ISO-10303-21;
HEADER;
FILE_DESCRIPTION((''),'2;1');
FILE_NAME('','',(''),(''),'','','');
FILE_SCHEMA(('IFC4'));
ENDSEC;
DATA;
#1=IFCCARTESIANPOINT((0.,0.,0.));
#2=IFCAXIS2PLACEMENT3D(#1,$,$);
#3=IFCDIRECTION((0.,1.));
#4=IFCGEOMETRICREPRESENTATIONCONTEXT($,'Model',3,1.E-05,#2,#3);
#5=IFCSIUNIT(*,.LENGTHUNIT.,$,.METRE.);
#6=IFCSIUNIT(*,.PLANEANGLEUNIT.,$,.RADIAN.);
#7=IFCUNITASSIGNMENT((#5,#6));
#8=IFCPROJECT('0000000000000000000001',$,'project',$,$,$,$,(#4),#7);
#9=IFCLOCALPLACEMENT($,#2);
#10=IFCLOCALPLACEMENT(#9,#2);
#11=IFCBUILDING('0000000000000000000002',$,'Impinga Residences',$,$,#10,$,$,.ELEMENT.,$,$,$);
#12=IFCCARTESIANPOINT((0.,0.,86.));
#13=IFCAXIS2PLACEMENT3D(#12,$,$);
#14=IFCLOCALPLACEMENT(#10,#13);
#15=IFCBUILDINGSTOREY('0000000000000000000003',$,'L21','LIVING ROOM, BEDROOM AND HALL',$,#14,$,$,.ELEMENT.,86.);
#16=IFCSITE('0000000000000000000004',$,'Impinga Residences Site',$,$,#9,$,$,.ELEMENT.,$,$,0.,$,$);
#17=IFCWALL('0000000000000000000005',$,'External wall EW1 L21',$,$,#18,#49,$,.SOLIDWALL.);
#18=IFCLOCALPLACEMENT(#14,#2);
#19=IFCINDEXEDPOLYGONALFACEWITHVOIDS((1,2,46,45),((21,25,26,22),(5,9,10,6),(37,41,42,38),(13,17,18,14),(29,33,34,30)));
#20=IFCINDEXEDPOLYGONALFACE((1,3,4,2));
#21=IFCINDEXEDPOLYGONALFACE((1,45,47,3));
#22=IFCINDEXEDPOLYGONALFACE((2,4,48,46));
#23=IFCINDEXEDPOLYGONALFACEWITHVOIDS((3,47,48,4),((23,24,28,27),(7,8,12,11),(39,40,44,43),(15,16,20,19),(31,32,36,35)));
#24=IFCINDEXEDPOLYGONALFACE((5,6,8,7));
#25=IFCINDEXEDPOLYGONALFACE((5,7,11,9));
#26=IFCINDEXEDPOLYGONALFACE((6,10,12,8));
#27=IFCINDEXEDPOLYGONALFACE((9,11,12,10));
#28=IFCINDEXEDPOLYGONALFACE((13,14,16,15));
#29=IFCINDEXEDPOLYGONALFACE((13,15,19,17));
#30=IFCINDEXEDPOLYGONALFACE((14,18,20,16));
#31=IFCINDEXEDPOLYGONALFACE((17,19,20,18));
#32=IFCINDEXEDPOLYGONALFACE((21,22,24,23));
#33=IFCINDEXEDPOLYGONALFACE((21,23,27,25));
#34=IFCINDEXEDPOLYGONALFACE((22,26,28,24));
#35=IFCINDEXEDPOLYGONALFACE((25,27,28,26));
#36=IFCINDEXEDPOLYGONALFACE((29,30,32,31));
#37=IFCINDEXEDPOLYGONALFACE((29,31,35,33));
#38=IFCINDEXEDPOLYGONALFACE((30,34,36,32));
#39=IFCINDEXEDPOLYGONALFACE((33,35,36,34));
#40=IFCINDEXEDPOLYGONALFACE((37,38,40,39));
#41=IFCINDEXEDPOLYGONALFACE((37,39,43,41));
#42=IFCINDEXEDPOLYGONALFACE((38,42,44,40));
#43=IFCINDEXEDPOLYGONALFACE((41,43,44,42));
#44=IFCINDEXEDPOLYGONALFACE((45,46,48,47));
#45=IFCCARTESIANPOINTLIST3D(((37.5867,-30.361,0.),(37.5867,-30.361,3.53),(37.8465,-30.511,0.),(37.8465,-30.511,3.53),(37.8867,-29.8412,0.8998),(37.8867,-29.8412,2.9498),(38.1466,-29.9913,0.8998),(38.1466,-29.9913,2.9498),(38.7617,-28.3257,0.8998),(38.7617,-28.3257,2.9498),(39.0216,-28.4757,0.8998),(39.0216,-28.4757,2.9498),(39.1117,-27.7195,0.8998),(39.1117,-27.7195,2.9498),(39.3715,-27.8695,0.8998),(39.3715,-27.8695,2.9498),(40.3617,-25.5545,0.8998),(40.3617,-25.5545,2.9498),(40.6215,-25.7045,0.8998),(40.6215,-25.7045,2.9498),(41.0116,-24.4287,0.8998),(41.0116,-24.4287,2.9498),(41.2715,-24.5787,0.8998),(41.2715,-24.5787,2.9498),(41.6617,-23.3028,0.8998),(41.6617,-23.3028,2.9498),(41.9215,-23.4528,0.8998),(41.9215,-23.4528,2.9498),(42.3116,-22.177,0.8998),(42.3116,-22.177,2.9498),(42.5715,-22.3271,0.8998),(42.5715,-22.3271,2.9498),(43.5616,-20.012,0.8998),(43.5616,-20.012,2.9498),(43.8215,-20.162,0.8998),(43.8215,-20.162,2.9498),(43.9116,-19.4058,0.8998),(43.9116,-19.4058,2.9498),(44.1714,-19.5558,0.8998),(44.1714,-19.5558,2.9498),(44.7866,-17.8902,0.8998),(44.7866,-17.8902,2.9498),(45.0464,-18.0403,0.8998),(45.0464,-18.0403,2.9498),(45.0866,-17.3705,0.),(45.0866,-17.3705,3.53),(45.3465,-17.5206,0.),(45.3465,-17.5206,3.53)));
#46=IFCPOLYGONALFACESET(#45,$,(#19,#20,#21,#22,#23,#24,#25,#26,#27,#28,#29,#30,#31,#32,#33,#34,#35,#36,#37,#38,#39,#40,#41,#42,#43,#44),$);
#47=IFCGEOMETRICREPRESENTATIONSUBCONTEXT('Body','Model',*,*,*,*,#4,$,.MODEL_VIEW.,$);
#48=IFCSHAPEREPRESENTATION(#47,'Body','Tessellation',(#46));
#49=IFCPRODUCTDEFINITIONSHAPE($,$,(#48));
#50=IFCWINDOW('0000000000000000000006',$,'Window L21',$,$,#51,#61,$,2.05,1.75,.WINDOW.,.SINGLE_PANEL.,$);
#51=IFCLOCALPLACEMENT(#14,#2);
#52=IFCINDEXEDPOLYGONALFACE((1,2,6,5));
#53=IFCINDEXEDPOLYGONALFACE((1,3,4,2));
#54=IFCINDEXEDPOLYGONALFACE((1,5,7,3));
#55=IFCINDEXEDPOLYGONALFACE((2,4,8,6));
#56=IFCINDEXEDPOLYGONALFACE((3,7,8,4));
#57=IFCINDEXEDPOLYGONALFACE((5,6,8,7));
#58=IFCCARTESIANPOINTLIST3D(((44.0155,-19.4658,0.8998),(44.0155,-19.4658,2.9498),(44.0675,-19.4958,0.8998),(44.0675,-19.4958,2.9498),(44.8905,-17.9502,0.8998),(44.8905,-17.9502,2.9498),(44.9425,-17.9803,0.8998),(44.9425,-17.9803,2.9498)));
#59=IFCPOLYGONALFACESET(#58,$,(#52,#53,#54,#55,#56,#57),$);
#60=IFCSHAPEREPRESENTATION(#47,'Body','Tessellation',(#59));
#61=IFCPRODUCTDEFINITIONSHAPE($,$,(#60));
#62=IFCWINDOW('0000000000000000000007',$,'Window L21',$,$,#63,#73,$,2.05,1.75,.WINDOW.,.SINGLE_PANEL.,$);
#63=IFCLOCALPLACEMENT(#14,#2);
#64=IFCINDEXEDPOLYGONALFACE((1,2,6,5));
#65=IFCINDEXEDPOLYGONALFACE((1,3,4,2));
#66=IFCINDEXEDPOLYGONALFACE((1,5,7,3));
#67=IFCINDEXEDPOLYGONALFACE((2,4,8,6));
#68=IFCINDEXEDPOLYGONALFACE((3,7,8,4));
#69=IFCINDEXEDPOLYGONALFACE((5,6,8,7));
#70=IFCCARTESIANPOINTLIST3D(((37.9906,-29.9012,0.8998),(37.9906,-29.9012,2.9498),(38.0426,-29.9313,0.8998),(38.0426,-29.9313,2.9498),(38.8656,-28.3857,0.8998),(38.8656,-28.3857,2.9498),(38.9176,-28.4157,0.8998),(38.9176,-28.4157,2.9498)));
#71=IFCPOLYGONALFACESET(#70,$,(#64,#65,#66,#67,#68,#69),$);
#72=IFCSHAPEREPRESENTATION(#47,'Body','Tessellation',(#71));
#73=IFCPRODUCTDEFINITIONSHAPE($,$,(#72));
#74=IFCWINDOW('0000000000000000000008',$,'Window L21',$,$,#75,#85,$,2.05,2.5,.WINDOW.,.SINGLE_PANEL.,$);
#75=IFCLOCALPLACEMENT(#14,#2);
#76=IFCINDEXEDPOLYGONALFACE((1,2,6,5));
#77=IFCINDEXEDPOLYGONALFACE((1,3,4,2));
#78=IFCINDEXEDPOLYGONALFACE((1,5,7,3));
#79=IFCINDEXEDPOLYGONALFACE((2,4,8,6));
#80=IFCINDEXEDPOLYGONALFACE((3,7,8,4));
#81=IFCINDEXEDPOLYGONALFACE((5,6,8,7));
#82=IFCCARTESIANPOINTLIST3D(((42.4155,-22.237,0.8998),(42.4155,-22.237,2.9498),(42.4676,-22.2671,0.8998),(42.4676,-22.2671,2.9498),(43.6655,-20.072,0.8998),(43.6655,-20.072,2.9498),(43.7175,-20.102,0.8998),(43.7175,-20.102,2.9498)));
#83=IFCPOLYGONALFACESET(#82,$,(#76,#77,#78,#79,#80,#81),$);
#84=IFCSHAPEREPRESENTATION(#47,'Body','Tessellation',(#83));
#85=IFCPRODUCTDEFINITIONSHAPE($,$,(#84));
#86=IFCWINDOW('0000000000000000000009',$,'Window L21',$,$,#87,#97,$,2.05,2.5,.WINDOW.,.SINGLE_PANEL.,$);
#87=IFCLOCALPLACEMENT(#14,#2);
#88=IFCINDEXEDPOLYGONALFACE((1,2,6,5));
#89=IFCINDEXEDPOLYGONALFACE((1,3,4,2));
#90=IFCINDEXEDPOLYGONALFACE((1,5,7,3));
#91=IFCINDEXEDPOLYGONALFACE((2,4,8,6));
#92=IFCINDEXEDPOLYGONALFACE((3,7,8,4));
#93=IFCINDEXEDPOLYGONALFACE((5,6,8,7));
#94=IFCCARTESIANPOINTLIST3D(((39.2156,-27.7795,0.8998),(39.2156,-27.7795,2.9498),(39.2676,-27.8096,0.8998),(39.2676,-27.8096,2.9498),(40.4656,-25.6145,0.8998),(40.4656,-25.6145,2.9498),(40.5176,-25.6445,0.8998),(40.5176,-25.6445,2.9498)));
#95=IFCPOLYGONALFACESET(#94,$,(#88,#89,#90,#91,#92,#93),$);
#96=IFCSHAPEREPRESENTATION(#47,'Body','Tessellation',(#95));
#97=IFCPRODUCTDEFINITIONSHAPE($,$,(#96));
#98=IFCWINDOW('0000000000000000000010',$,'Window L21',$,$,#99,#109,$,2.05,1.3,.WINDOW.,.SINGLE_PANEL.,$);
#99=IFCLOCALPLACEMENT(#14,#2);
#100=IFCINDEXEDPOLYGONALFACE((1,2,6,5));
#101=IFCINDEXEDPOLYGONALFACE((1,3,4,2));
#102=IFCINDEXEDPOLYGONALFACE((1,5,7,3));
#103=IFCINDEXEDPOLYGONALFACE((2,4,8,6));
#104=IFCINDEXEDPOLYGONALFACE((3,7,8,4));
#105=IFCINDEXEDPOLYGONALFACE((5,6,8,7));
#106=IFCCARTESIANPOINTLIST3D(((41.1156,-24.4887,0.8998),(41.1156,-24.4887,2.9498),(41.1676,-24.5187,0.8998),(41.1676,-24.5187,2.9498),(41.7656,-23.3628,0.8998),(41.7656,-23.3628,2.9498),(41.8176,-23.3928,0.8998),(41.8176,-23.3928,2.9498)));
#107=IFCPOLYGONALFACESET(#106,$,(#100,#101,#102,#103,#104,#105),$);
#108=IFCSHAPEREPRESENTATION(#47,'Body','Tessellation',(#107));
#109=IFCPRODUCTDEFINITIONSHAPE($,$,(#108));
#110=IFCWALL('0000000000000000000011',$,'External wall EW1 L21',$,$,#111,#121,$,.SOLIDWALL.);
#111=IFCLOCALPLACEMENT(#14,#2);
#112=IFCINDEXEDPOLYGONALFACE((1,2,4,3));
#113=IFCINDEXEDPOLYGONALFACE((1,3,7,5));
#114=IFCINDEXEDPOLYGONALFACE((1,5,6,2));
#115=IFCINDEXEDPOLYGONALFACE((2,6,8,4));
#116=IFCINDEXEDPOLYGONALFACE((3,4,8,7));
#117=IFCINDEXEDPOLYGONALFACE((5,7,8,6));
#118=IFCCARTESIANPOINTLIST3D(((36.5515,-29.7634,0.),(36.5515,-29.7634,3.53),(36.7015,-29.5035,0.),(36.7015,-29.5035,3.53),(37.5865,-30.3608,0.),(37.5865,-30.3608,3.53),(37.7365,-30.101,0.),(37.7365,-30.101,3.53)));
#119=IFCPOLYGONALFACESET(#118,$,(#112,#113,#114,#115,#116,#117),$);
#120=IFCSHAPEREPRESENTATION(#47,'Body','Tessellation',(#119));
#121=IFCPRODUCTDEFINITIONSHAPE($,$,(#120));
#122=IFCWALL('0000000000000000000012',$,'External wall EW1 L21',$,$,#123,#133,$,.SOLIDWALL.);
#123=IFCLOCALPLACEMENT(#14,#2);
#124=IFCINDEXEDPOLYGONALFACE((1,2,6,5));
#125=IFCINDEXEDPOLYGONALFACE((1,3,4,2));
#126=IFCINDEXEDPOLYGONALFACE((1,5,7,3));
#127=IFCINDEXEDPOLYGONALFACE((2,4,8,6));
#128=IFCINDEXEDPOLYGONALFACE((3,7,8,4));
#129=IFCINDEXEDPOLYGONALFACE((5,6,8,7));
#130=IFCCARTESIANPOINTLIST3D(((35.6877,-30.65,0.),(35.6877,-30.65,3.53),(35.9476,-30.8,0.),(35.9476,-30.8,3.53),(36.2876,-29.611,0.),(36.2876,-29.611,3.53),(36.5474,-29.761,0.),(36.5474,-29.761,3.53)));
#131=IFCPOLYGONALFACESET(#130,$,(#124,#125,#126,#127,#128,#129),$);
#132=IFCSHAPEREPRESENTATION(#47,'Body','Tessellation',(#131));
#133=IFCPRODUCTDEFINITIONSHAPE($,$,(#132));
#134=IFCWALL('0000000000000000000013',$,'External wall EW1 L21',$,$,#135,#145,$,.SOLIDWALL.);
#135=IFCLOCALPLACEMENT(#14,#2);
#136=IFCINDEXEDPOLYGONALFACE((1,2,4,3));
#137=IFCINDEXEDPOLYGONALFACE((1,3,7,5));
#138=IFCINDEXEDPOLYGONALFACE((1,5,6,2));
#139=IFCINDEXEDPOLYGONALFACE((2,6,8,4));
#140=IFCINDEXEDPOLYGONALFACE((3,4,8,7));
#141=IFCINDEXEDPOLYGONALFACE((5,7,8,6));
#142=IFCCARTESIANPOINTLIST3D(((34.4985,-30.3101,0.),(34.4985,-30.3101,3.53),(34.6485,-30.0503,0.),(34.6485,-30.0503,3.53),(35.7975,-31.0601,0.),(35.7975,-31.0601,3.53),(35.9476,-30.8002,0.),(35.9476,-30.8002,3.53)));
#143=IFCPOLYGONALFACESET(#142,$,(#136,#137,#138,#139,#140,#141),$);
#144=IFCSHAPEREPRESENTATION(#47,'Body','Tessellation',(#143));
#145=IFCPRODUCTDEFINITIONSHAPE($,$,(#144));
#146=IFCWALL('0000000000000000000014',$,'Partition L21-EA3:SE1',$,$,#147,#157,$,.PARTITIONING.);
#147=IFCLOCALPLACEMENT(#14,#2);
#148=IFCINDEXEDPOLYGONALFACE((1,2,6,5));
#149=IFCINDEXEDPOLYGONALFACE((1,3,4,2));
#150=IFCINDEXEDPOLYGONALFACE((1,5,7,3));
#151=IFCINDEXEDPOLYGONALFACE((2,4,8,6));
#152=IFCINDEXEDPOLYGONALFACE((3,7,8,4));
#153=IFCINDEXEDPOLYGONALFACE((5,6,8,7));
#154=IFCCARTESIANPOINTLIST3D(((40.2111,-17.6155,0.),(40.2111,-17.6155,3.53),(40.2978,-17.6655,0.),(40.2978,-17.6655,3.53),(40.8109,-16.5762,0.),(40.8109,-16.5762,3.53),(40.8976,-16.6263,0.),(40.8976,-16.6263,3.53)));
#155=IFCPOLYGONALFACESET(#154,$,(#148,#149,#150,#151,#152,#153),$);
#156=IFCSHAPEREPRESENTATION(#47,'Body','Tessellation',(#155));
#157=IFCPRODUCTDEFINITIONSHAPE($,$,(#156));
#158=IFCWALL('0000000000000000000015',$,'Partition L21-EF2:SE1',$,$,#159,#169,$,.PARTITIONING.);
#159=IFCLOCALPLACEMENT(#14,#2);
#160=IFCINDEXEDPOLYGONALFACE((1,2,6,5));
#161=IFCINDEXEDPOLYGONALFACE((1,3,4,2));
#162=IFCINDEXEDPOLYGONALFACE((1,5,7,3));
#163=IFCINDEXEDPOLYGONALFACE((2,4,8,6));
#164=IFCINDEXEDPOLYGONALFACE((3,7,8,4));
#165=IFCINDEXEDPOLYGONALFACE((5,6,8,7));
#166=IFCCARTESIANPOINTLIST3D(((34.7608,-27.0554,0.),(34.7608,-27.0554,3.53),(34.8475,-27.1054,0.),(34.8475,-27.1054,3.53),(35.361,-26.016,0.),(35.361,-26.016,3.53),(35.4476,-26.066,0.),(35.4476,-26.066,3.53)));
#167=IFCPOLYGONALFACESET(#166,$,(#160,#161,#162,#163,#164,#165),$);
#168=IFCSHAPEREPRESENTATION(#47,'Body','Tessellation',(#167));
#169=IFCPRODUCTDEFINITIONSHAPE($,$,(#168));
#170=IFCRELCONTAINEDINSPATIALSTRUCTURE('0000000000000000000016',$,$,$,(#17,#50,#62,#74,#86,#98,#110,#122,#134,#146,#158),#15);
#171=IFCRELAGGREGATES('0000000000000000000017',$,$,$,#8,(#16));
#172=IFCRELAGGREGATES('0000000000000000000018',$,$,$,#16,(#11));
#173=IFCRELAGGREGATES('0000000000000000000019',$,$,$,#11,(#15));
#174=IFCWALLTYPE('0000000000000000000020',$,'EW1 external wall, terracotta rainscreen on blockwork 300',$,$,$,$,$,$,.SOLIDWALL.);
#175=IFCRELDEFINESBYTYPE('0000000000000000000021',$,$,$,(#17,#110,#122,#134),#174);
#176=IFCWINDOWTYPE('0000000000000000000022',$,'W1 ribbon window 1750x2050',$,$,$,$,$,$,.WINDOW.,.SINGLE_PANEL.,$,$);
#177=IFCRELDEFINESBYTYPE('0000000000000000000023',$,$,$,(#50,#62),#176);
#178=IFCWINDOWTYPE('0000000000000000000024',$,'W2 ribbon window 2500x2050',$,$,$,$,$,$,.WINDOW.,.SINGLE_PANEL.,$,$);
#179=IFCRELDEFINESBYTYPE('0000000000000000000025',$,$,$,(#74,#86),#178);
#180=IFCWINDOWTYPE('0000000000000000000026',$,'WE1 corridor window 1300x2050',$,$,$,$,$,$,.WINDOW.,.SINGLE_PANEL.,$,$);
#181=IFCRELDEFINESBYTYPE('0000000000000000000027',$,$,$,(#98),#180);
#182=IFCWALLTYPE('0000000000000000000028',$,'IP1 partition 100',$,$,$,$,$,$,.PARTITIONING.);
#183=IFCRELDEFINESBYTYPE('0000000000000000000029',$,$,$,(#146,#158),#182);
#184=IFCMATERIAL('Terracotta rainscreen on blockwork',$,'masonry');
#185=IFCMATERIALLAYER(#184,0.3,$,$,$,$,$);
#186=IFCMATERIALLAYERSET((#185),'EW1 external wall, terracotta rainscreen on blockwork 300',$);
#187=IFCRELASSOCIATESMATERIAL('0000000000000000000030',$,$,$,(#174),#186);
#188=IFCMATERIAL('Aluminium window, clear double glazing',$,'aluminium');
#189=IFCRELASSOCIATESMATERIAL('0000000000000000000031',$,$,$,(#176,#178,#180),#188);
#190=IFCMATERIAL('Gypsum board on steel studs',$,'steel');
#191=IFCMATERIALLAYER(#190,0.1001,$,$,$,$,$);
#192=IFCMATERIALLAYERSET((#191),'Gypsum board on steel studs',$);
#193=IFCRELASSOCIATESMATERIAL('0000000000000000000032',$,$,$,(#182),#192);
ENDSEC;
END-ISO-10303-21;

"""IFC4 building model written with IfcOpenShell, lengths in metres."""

from ifc_helpers import new_model, si_unit, direction, frame, frame_2d, origin, place, context, subcontext, project, spatial, rectangle, extrude, material, layer, layer_set, type_object, element, fill, save


model = new_model("IFC4")

# Units and contexts
model_context = context("Model", 3, precision=1e-05, world=origin(), true_north=direction((0.0, 1.0)))
body_context = subcontext(model_context, "Body", "Model", "MODEL_VIEW")
ifc_project = project(units=[si_unit("LENGTHUNIT", "METRE"), si_unit("PLANEANGLEUNIT", "RADIAN")], contexts=[model_context])

# Site, building, storey
site_placement = place(None, origin())
site = spatial("IfcSite", under=ifc_project, at=site_placement, Name="Impinga Residences Site", CompositionType="ELEMENT", RefElevation=0.0)
building_placement = place(site_placement, origin())
building = spatial("IfcBuilding", under=site, at=building_placement, Name="Impinga Residences", CompositionType="ELEMENT")
storey_placement = place(building_placement, frame((0.0, 0.0, 86.0)))
storey = spatial("IfcBuildingStorey", under=building, at=storey_placement, Name="L21", Description="LIVING ROOM, BEDROOM AND HALL", CompositionType="ELEMENT", Elevation=86.0)

# Wall, openings, windows
ifc_material_1 = material(Name="Terracotta rainscreen on blockwork", Category="masonry")
ifc_layer_1 = layer(ifc_material_1, 0.3)
ifc_layer_set_1 = layer_set([ifc_layer_1], Name="EW1 external wall, terracotta rainscreen on blockwork 300")
wall_type_1 = type_object("IfcWallType", Name="EW1 external wall, terracotta rainscreen on blockwork 300", PredefinedType="SOLIDWALL", material=ifc_layer_set_1)
wall_1_placement = place(storey_placement, frame((45.2166, -17.4456, 0.0), z_axis=(0.0, 0.0, 1.0), x_axis=(-0.499997, -0.866027, 0.0)))
wall_1 = element("IfcWall", 1, at=wall_1_placement, inside=storey, type_object=wall_type_1, Name="External wall EW1 L21", PredefinedType="SOLIDWALL", context=body_context, shape_type="SweptSolid", body=[
    extrude(rectangle(XDim=15.0, YDim=0.3, at=frame_2d((7.5, 0.0))), origin(), (0.0, 0.0, 1.0), 3.53),
])
opening_1_placement = place(wall_1_placement, frame((0.6001, 0.0, 0.8999)))
opening_1 = element("IfcOpeningElement", 2, at=opening_1_placement, cuts=wall_1, PredefinedType="OPENING", context=body_context, shape_type="SweptSolid", body=[
    extrude(rectangle(XDim=1.75, YDim=2.05, at=frame_2d((0.875, 1.0249))), frame((0.0, 0.1599, 0.0), z_axis=(0.0, -1.0, 0.0), x_axis=(1.0, 0.0, 0.0)), (0.0, 0.0, 1.0), 0.3201),
])
opening_2_placement = place(wall_1_placement, frame((3.05, 0.0, 0.8999)))
opening_2 = element("IfcOpeningElement", 3, at=opening_2_placement, cuts=wall_1, PredefinedType="OPENING", context=body_context, shape_type="SweptSolid", body=[
    extrude(rectangle(XDim=2.5, YDim=2.05, at=frame_2d((1.25, 1.0249))), frame((0.0, 0.1599, 0.0), z_axis=(0.0, -1.0, 0.0), x_axis=(1.0, 0.0, 0.0)), (0.0, 0.0, 1.0), 0.3201),
])
opening_3_placement = place(wall_1_placement, frame((6.8501, 0.0, 0.8999)))
opening_3 = element("IfcOpeningElement", 4, at=opening_3_placement, cuts=wall_1, PredefinedType="OPENING", context=body_context, shape_type="SweptSolid", body=[
    extrude(rectangle(XDim=1.3, YDim=2.05, at=frame_2d((0.6499, 1.0249))), frame((0.0, 0.1599, 0.0), z_axis=(0.0, -1.0, 0.0), x_axis=(1.0, 0.0, 0.0)), (0.0, 0.0, 1.0), 0.3201),
])
opening_4_placement = place(wall_1_placement, frame((9.45, 0.0, 0.8999)))
opening_4 = element("IfcOpeningElement", 5, at=opening_4_placement, cuts=wall_1, PredefinedType="OPENING", context=body_context, shape_type="SweptSolid", body=[
    extrude(rectangle(XDim=2.5, YDim=2.05, at=frame_2d((1.25, 1.0249))), frame((0.0, 0.1599, 0.0), z_axis=(0.0, -1.0, 0.0), x_axis=(1.0, 0.0, 0.0)), (0.0, 0.0, 1.0), 0.3201),
])
opening_5_placement = place(wall_1_placement, frame((12.6499, 0.0, 0.8999)))
opening_5 = element("IfcOpeningElement", 6, at=opening_5_placement, cuts=wall_1, PredefinedType="OPENING", context=body_context, shape_type="SweptSolid", body=[
    extrude(rectangle(XDim=1.75, YDim=2.05, at=frame_2d((0.875, 1.0249))), frame((0.0, 0.1599, 0.0), z_axis=(0.0, -1.0, 0.0), x_axis=(1.0, 0.0, 0.0)), (0.0, 0.0, 1.0), 0.3201),
])
ifc_material_2 = material(Name="Aluminium window, clear double glazing", Category="aluminium")
window_type_1 = type_object("IfcWindowType", Name="W1 ribbon window 1750x2050", PartitioningType="SINGLE_PANEL", PredefinedType="WINDOW", material=ifc_material_2)
window_1_placement = place(opening_1_placement, origin())
window_1 = element("IfcWindow", 7, at=window_1_placement, inside=storey, type_object=window_type_1, Name="Window L21", OverallHeight=2.05, OverallWidth=1.75, PartitioningType="SINGLE_PANEL", PredefinedType="WINDOW", context=body_context, shape_type="SweptSolid", body=[
    extrude(rectangle(XDim=1.75, YDim=2.05, at=frame_2d((0.875, 1.0249))), frame((0.0, 0.03, 0.0), z_axis=(0.0, -1.0, 0.0), x_axis=(1.0, 0.0, 0.0)), (0.0, 0.0, 1.0), 0.0601),
])
fill(opening_1, window_1)
window_2_placement = place(opening_5_placement, origin())
window_2 = element("IfcWindow", 8, at=window_2_placement, inside=storey, type_object=window_type_1, Name="Window L21", OverallHeight=2.05, OverallWidth=1.75, PartitioningType="SINGLE_PANEL", PredefinedType="WINDOW", context=body_context, shape_type="SweptSolid", body=[
    extrude(rectangle(XDim=1.75, YDim=2.05, at=frame_2d((0.875, 1.0249))), frame((0.0, 0.03, 0.0), z_axis=(0.0, -1.0, 0.0), x_axis=(1.0, 0.0, 0.0)), (0.0, 0.0, 1.0), 0.0601),
])
fill(opening_5, window_2)
window_type_2 = type_object("IfcWindowType", Name="W2 ribbon window 2500x2050", PartitioningType="SINGLE_PANEL", PredefinedType="WINDOW", material=ifc_material_2)
window_3_placement = place(opening_2_placement, origin())
window_3 = element("IfcWindow", 9, at=window_3_placement, inside=storey, type_object=window_type_2, Name="Window L21", OverallHeight=2.05, OverallWidth=2.5, PartitioningType="SINGLE_PANEL", PredefinedType="WINDOW", context=body_context, shape_type="SweptSolid", body=[
    extrude(rectangle(XDim=2.5, YDim=2.05, at=frame_2d((1.25, 1.0249))), frame((0.0, 0.03, 0.0), z_axis=(0.0, -1.0, 0.0), x_axis=(1.0, 0.0, 0.0)), (0.0, 0.0, 1.0), 0.0601),
])
fill(opening_2, window_3)
window_4_placement = place(opening_4_placement, origin())
window_4 = element("IfcWindow", 10, at=window_4_placement, inside=storey, type_object=window_type_2, Name="Window L21", OverallHeight=2.05, OverallWidth=2.5, PartitioningType="SINGLE_PANEL", PredefinedType="WINDOW", context=body_context, shape_type="SweptSolid", body=[
    extrude(rectangle(XDim=2.5, YDim=2.05, at=frame_2d((1.25, 1.0249))), frame((0.0, 0.03, 0.0), z_axis=(0.0, -1.0, 0.0), x_axis=(1.0, 0.0, 0.0)), (0.0, 0.0, 1.0), 0.0601),
])
fill(opening_4, window_4)
window_type_3 = type_object("IfcWindowType", Name="WE1 corridor window 1300x2050", PartitioningType="SINGLE_PANEL", PredefinedType="WINDOW", material=ifc_material_2)
window_5_placement = place(opening_3_placement, origin())
window_5 = element("IfcWindow", 11, at=window_5_placement, inside=storey, type_object=window_type_3, Name="Window L21", OverallHeight=2.05, OverallWidth=1.3, PartitioningType="SINGLE_PANEL", PredefinedType="WINDOW", context=body_context, shape_type="SweptSolid", body=[
    extrude(rectangle(XDim=1.3, YDim=2.05, at=frame_2d((0.6499, 1.0249))), frame((0.0, 0.03, 0.0), z_axis=(0.0, -1.0, 0.0), x_axis=(1.0, 0.0, 0.0)), (0.0, 0.0, 1.0), 0.0601),
])
fill(opening_3, window_5)

# Walls
wall_2_placement = place(storey_placement, frame((37.6616, -30.231, 0.0), z_axis=(0.0, 0.0, 1.0), x_axis=(-0.86606, 0.499941, 0.0)))
element("IfcWall", 12, at=wall_2_placement, inside=storey, type_object=wall_type_1, Name="External wall EW1 L21", PredefinedType="SOLIDWALL", context=body_context, shape_type="SweptSolid", body=[
    extrude(rectangle(XDim=1.1951, YDim=0.3, at=frame_2d((0.5977, 0.0))), origin(), (0.0, 0.0, 1.0), 3.53),
])
wall_3_placement = place(storey_placement, frame((36.4175, -29.686, 0.0), z_axis=(0.0, 0.0, 1.0), x_axis=(-0.499969, -0.866043, 0.0)))
element("IfcWall", 13, at=wall_3_placement, inside=storey, type_object=wall_type_1, Name="External wall EW1 L21", PredefinedType="SOLIDWALL", context=body_context, shape_type="SweptSolid", body=[
    extrude(rectangle(XDim=1.1997, YDim=0.3, at=frame_2d((0.5999, 0.0))), origin(), (0.0, 0.0, 1.0), 3.53),
])
wall_4_placement = place(storey_placement, frame((35.8726, -30.9302, 0.0), z_axis=(0.0, 0.0, 1.0), x_axis=(-0.866031, 0.49999, 0.0)))
element("IfcWall", 14, at=wall_4_placement, inside=storey, type_object=wall_type_1, Name="External wall EW1 L21", PredefinedType="SOLIDWALL", context=body_context, shape_type="SweptSolid", body=[
    extrude(rectangle(XDim=1.5, YDim=0.3, at=frame_2d((0.75, 0.0))), origin(), (0.0, 0.0, 1.0), 3.53),
])
ifc_material_3 = material(Name="Gypsum board on steel studs", Category="steel")
ifc_layer_2 = layer(ifc_material_3, 0.1001)
ifc_layer_set_2 = layer_set([ifc_layer_2], Name="Gypsum board on steel studs")
wall_type_2 = type_object("IfcWallType", Name="IP1 partition 100", PredefinedType="PARTITIONING", material=ifc_layer_set_2)
wall_5_placement = place(storey_placement, frame((40.2544, -17.6406, 0.0), z_axis=(0.0, 0.0, 1.0), x_axis=(0.499881, 0.866094, 0.0)))
element("IfcWall", 15, at=wall_5_placement, inside=storey, type_object=wall_type_2, Name="Partition L21-EA3:SE1", PredefinedType="PARTITIONING", context=body_context, shape_type="SweptSolid", body=[
    extrude(rectangle(XDim=1.2, YDim=0.1001, at=frame_2d((0.6001, 0.0))), origin(), (0.0, 0.0, 1.0), 3.53),
])
wall_6_placement = place(storey_placement, frame((35.4043, -26.041, 0.0), z_axis=(0.0, 0.0, 1.0), x_axis=(-0.500034, -0.866006, 0.0)))
element("IfcWall", 16, at=wall_6_placement, inside=storey, type_object=wall_type_2, Name="Partition L21-EF2:SE1", PredefinedType="PARTITIONING", context=body_context, shape_type="SweptSolid", body=[
    extrude(rectangle(XDim=1.2002, YDim=0.1001, at=frame_2d((0.6001, 0.0))), origin(), (0.0, 0.0, 1.0), 3.53),
])

save(model, "model.ifc")
